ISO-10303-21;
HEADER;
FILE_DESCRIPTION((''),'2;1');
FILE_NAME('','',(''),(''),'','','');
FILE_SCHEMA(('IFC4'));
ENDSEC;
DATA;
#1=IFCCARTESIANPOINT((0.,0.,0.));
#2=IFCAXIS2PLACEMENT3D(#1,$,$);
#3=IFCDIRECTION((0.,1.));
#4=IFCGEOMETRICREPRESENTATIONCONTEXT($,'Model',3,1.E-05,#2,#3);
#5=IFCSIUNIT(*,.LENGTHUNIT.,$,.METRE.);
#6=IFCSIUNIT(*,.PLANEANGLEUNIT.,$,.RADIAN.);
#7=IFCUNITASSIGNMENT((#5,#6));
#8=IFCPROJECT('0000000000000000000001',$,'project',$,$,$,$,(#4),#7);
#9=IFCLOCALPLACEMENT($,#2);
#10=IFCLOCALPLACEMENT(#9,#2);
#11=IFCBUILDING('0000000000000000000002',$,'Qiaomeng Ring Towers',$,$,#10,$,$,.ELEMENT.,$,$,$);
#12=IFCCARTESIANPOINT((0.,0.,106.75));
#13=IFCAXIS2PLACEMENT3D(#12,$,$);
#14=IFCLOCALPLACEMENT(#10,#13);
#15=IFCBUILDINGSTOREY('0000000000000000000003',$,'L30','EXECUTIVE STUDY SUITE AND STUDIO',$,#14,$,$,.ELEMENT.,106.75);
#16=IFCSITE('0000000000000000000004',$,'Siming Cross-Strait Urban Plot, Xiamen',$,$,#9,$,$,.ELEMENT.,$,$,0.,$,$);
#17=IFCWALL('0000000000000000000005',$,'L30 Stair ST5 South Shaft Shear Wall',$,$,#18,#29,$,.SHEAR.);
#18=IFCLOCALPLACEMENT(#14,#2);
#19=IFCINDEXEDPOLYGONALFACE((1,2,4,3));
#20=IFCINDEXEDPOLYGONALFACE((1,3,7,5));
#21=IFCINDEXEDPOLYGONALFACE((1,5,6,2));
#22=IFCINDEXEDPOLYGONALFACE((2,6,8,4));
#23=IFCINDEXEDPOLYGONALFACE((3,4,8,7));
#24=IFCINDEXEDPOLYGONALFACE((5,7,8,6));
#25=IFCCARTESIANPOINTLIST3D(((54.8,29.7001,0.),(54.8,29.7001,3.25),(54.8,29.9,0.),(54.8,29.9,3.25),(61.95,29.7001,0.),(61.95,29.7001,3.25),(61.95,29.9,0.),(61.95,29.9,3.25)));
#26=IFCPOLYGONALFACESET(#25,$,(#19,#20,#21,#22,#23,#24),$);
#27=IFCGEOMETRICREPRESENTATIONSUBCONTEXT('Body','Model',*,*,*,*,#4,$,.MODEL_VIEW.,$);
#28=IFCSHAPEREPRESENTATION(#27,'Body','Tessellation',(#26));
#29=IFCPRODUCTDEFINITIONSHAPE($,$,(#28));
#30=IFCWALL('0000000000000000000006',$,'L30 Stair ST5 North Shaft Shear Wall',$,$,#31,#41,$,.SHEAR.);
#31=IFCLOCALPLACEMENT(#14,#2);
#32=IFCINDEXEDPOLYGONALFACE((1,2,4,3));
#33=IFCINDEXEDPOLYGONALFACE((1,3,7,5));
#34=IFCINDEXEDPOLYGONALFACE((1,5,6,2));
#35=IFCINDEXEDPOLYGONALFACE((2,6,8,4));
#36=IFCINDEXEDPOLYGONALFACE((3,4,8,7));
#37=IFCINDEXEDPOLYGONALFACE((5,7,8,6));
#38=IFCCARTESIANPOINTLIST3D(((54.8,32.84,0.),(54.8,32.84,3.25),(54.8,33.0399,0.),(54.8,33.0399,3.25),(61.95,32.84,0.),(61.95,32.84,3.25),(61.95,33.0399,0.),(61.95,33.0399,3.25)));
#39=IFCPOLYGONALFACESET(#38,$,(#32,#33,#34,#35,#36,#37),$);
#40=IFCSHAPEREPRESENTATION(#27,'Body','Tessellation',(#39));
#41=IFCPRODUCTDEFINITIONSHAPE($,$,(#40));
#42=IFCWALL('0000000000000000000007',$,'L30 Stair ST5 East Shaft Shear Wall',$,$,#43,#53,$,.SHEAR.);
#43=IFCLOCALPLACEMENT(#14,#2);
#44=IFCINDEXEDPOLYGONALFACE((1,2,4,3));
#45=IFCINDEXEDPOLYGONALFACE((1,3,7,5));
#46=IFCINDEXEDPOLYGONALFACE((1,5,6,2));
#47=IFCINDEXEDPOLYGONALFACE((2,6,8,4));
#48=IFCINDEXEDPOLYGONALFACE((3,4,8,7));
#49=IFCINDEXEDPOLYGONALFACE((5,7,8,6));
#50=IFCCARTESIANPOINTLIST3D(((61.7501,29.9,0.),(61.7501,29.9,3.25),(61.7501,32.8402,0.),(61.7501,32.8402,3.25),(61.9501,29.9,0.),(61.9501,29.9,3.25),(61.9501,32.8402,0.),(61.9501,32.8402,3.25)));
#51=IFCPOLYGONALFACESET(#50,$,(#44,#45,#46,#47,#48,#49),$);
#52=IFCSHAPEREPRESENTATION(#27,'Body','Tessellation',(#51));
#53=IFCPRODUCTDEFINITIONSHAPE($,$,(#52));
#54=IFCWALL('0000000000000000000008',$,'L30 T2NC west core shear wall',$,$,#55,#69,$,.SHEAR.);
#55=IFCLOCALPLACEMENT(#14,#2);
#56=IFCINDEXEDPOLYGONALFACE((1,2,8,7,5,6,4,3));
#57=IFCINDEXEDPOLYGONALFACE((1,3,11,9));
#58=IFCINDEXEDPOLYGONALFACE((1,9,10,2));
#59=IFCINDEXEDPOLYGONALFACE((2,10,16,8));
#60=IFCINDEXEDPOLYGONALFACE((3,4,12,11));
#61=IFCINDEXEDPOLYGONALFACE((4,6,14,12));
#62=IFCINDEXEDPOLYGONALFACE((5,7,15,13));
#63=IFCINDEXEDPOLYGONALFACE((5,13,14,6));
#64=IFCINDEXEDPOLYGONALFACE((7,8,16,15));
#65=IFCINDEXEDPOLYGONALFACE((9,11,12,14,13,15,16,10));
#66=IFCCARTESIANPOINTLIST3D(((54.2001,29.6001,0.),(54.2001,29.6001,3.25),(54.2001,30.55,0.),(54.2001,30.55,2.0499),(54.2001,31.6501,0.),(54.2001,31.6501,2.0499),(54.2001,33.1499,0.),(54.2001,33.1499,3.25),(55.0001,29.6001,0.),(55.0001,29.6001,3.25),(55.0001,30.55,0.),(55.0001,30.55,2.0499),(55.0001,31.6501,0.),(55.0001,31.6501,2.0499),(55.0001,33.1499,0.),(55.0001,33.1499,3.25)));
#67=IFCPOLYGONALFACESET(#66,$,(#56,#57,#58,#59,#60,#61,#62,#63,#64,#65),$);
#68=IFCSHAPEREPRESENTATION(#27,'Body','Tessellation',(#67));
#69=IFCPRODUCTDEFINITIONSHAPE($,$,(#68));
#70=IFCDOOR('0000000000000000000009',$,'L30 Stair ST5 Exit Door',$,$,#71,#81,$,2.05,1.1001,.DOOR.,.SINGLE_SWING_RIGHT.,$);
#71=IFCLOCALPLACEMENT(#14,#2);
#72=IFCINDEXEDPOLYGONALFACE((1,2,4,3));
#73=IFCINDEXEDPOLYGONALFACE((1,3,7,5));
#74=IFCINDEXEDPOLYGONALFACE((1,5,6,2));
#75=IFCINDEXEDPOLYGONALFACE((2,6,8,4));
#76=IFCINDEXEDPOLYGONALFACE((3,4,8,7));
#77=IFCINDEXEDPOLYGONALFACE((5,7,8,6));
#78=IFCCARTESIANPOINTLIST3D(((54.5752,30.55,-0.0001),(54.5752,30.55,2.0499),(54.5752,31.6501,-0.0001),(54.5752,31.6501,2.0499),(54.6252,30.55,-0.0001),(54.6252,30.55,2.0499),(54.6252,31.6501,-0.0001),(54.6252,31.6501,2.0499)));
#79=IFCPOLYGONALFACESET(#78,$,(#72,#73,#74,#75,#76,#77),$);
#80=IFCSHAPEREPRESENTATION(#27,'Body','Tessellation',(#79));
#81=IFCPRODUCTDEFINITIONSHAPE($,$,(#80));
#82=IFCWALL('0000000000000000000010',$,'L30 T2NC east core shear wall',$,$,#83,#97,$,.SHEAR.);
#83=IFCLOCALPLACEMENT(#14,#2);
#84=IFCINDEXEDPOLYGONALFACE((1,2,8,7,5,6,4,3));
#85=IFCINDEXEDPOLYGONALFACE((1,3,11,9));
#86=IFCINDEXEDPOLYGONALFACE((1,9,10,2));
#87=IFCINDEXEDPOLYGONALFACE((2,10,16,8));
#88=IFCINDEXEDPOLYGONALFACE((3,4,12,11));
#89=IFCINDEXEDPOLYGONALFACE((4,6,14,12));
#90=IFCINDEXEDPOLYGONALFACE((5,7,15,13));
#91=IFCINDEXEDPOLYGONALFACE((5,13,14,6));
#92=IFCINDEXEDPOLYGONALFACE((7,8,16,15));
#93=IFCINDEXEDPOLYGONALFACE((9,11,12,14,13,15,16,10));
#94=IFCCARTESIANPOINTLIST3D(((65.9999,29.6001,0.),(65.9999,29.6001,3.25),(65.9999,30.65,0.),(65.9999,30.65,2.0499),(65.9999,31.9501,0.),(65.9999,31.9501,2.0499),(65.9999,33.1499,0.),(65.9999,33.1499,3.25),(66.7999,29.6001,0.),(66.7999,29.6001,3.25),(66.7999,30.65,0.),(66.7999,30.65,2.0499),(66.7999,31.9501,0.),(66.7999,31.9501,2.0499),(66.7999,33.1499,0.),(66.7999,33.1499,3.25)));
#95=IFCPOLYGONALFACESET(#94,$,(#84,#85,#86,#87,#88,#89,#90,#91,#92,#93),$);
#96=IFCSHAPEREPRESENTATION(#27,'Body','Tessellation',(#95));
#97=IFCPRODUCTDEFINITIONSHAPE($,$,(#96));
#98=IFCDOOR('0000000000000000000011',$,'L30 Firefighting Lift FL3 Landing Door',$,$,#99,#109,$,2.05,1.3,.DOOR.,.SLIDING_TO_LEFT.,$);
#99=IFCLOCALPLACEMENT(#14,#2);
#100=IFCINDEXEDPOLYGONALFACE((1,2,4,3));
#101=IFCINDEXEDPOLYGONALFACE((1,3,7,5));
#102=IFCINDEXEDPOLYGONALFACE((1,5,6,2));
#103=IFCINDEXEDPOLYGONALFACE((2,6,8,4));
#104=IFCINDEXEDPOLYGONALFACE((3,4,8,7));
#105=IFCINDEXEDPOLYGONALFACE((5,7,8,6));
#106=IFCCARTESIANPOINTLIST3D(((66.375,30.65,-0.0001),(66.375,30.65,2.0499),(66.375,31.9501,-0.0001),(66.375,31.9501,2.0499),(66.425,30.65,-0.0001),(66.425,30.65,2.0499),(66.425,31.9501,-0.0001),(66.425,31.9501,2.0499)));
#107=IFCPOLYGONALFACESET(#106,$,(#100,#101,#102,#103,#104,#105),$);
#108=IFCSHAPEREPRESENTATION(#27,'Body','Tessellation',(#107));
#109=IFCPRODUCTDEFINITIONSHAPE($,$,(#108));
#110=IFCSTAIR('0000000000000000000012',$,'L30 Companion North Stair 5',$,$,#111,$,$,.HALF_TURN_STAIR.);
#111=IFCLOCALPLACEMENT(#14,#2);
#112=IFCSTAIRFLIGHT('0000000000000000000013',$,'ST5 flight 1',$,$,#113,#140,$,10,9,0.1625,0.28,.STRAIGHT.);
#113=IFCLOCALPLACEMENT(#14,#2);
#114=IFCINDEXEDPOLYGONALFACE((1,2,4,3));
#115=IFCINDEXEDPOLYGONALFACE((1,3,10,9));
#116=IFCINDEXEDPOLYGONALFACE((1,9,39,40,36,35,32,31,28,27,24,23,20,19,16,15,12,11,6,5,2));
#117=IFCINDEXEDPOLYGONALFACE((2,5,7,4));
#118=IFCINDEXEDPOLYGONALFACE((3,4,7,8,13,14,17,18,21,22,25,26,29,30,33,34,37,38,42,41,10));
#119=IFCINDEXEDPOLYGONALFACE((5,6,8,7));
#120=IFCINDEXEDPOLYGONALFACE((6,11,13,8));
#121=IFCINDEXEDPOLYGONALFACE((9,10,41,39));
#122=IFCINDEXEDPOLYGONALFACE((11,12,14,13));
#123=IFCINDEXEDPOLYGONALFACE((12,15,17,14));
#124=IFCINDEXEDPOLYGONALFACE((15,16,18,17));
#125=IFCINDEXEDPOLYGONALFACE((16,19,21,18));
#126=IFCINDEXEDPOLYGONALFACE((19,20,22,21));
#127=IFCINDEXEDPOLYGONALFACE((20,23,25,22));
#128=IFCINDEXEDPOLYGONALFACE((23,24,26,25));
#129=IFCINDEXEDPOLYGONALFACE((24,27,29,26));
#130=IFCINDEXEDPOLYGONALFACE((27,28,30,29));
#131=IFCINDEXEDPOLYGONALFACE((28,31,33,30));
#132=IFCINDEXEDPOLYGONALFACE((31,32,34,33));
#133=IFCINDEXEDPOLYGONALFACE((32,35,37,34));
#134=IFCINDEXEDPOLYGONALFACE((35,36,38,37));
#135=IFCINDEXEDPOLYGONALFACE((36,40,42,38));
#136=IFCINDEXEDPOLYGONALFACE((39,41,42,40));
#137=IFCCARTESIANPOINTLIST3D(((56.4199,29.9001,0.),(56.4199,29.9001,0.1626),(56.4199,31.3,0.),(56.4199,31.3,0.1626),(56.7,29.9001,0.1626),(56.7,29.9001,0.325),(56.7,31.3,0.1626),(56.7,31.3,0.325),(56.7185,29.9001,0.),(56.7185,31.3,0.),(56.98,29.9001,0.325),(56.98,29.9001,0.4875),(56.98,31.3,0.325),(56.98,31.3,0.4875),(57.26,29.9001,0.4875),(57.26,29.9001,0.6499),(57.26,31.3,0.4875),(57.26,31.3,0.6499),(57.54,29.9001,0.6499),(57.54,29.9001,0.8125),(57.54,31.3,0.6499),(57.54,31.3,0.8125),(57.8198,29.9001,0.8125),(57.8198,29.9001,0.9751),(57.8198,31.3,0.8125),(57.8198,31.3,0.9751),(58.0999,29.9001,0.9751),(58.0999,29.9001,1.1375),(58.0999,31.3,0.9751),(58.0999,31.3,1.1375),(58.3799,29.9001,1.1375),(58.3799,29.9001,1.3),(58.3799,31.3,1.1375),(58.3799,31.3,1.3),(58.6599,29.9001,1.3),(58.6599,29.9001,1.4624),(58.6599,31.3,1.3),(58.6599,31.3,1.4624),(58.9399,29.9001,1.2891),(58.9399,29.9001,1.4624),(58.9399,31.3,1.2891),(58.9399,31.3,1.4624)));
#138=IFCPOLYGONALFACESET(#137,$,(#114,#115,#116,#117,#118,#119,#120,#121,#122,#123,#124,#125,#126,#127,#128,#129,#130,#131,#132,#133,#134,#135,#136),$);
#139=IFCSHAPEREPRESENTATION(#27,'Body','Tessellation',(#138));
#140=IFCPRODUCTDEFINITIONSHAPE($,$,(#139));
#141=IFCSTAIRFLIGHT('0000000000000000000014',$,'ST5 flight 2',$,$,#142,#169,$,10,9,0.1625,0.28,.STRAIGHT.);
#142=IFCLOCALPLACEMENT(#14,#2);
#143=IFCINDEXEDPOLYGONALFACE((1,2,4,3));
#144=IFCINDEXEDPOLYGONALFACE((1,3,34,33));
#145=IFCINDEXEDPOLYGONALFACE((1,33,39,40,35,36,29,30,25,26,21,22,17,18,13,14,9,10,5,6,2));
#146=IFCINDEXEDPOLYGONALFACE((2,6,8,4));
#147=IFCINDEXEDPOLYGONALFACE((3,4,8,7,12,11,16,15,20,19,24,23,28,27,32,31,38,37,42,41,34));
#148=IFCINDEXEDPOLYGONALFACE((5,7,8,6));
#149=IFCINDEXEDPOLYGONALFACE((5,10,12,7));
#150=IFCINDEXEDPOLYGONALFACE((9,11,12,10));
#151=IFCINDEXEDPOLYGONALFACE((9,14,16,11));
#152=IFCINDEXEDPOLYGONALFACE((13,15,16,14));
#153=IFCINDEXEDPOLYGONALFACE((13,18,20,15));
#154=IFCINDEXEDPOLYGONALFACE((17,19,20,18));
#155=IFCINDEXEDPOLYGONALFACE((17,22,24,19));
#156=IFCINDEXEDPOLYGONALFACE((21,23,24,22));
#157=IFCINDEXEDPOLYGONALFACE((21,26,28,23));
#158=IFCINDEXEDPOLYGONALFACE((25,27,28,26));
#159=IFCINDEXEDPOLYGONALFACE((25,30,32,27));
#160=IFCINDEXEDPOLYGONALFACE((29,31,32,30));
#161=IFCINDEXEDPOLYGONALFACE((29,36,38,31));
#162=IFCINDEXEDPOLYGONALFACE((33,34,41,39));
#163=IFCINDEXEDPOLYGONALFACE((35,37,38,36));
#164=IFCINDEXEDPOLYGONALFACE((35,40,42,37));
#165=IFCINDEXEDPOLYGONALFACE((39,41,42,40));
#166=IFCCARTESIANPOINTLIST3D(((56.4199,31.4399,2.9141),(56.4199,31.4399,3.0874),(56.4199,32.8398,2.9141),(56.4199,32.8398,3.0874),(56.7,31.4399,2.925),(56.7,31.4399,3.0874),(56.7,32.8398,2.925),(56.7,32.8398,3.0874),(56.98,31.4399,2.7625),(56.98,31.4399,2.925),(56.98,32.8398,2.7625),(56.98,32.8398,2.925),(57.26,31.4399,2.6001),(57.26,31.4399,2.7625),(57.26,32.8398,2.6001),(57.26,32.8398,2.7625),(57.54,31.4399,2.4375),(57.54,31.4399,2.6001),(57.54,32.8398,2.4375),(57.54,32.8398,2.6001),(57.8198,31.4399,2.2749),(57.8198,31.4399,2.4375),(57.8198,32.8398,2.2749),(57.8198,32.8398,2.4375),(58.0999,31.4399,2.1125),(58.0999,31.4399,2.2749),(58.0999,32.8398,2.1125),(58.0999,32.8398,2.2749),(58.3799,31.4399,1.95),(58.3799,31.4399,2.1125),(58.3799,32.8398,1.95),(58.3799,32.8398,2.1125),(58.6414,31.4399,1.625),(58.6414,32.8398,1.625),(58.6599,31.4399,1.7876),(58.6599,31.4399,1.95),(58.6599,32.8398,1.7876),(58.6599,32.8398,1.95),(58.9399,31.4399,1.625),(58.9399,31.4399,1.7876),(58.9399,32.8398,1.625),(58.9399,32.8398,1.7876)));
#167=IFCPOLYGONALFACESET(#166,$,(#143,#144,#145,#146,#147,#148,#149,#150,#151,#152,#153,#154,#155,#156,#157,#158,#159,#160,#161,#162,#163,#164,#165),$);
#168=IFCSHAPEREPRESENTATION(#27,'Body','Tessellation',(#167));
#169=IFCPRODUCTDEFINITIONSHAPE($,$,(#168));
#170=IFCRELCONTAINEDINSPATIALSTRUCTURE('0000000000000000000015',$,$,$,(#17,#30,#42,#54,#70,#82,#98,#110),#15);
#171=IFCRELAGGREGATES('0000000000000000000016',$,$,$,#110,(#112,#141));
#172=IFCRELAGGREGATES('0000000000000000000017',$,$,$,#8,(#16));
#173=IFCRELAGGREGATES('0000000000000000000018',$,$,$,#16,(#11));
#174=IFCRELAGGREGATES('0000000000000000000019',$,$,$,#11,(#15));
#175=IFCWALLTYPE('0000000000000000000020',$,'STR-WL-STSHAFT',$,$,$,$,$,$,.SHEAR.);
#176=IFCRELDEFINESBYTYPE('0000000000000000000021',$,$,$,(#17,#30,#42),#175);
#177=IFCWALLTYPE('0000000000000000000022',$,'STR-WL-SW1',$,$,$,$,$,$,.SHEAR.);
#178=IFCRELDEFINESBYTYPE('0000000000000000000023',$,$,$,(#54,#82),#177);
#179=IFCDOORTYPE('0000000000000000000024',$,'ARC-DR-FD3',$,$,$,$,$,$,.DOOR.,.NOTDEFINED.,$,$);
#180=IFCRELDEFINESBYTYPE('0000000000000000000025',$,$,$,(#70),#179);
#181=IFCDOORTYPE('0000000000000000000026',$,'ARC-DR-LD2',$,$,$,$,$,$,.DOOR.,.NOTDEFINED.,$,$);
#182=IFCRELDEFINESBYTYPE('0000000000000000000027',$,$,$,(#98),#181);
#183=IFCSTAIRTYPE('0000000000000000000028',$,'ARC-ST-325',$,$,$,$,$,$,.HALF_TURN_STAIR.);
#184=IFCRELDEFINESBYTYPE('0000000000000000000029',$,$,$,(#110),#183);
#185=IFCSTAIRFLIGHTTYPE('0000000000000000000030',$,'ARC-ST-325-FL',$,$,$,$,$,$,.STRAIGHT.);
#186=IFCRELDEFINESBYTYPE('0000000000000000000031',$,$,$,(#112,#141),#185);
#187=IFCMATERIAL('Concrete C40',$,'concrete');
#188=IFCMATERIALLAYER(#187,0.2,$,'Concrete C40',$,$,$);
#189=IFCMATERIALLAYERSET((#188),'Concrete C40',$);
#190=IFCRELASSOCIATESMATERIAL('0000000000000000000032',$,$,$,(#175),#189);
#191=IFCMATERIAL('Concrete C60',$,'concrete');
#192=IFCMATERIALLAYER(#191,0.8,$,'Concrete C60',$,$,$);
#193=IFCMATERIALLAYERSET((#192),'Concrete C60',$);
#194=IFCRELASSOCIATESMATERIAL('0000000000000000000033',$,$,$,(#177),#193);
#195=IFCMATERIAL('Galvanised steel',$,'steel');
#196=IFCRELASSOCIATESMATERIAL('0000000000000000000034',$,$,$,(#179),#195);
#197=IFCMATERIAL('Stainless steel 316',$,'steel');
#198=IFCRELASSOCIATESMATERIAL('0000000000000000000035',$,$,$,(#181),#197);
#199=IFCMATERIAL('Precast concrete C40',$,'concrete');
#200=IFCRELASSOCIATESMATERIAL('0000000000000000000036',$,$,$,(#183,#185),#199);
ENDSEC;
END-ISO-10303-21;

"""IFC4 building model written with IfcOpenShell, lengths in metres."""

from ifc_helpers import new_model, si_unit, direction, frame, frame_2d, origin, place, context, subcontext, project, spatial, polyline, rectangle, outline, extrude, source, transform, mapped, material, layer, layer_set, type_object, element, fill, aggregate, save


model = new_model("IFC4")

# Units and contexts
model_context = context("Model", 3, precision=1e-05, world=origin(), true_north=direction((0.0, 1.0)))
body_context = subcontext(model_context, "Body", "Model", "MODEL_VIEW")
ifc_project = project(units=[si_unit("LENGTHUNIT", "METRE"), si_unit("PLANEANGLEUNIT", "RADIAN")], contexts=[model_context])

# Site, building, storey
site_placement = place(None, origin())
site = spatial("IfcSite", under=ifc_project, at=site_placement, Name="Siming Cross-Strait Urban Plot, Xiamen", CompositionType="ELEMENT", RefElevation=0.0)
building_placement = place(site_placement, origin())
building = spatial("IfcBuilding", under=site, at=building_placement, Name="Qiaomeng Ring Towers", CompositionType="ELEMENT")
storey_placement = place(building_placement, frame((0.0, 0.0, 106.75)))
storey = spatial("IfcBuildingStorey", under=building, at=storey_placement, Name="L30", Description="EXECUTIVE STUDY SUITE AND STUDIO", CompositionType="ELEMENT", Elevation=106.75)

# Walls
ifc_material_1 = material(Name="Concrete C40", Category="concrete")
ifc_layer_1 = layer(ifc_material_1, 0.2, Name="Concrete C40")
ifc_layer_set_1 = layer_set([ifc_layer_1], Name="Concrete C40")
wall_type_1 = type_object("IfcWallType", Name="STR-WL-STSHAFT", PredefinedType="SHEAR", material=ifc_layer_set_1)
for number, where, z_axis, x_axis, name in (
    (1, (54.8, 29.8, 0.0), (0.0, 0.0, 1.0), (1.0, 0.0, 0.0), "L30 Stair ST5 South Shaft Shear Wall"),
    (2, (54.8, 32.9399, 0.0), (0.0, 0.0, 1.0), (1.0, 0.0, 0.0), "L30 Stair ST5 North Shaft Shear Wall"),
):
    element("IfcWall", number, at=place(storey_placement, frame(where, z_axis=z_axis, x_axis=x_axis)), inside=storey, type_object=wall_type_1, Name=name, PredefinedType="SHEAR", context=body_context, shape_type="SweptSolid", body=[
        extrude(rectangle(XDim=7.1499, YDim=0.2, at=frame_2d((3.575, 0.0))), origin(), (0.0, 0.0, 1.0), 3.25),
    ])
wall_1_placement = place(storey_placement, frame((61.8501, 29.8999, 0.0), z_axis=(0.0, 0.0, 1.0), x_axis=(0.0, 1.0, 0.0)))
element("IfcWall", 3, at=wall_1_placement, inside=storey, type_object=wall_type_1, Name="L30 Stair ST5 East Shaft Shear Wall", PredefinedType="SHEAR", context=body_context, shape_type="SweptSolid", body=[
    extrude(rectangle(XDim=2.9402, YDim=0.2, at=frame_2d((1.4702, 0.0))), origin(), (0.0, 0.0, 1.0), 3.25),
])

# Walls, openings, doors
ifc_material_2 = material(Name="Concrete C60", Category="concrete")
ifc_layer_2 = layer(ifc_material_2, 0.8, Name="Concrete C60")
ifc_layer_set_2 = layer_set([ifc_layer_2], Name="Concrete C60")
wall_type_2 = type_object("IfcWallType", Name="STR-WL-SW1", PredefinedType="SHEAR", material=ifc_layer_set_2)
wall_2_placement = place(storey_placement, frame((54.6001, 29.6001, 0.0), z_axis=(0.0, 0.0, 1.0), x_axis=(0.0, 1.0, 0.0)))
wall_2 = element("IfcWall", 4, at=wall_2_placement, inside=storey, type_object=wall_type_2, Name="L30 T2NC west core shear wall", PredefinedType="SHEAR", context=body_context, shape_type="SweptSolid", body=[
    extrude(rectangle(XDim=3.5498, YDim=0.8, at=frame_2d((1.7749, 0.0))), origin(), (0.0, 0.0, 1.0), 3.25),
])
opening_1_placement = place(wall_2_placement, frame((0.95, 0.0, 0.0)))
opening_1 = element("IfcOpeningElement", 5, at=opening_1_placement, cuts=wall_2, PredefinedType="OPENING", context=body_context, shape_type="SweptSolid", body=[
    extrude(rectangle(XDim=1.1001, YDim=2.05, at=frame_2d((0.55, 1.0249))), frame((0.0, 0.4099, 0.0), z_axis=(0.0, -1.0, 0.0), x_axis=(1.0, 0.0, 0.0)), (0.0, 0.0, 1.0), 0.8201),
])
ifc_material_3 = material(Name="Galvanised steel", Category="steel")
door_type_1 = type_object("IfcDoorType", Name="ARC-DR-FD3", OperationType="NOTDEFINED", PredefinedType="DOOR", material=ifc_material_3)
shared_shape_1 = source(origin(), body_context, "Body", "SweptSolid", [
    extrude(rectangle(XDim=1.1001, YDim=2.05, at=frame_2d((0.55, 1.0249))), frame((0.0, 0.0249, 0.0), z_axis=(0.0, -1.0, 0.0), x_axis=(1.0, 0.0, 0.0)), (0.0, 0.0, 1.0), 0.05),
])
door_1_placement = place(opening_1_placement, origin())
door_1 = element("IfcDoor", 6, at=door_1_placement, inside=storey, type_object=door_type_1, Name="L30 Stair ST5 Exit Door", OperationType="SINGLE_SWING_RIGHT", OverallHeight=2.05, OverallWidth=1.1001, PredefinedType="DOOR", context=body_context, shape_type="MappedRepresentation", body=[
    mapped(shared_shape_1, transform((0.0, 0.0, 0.0), x_axis=(1.0, 0.0, 0.0), y_axis=(0.0, 1.0, 0.0), z_axis=(0.0, 0.0, 1.0), scale=1.0)),
])
fill(opening_1, door_1)
wall_3_placement = place(storey_placement, frame((66.3999, 29.6001, 0.0), z_axis=(0.0, 0.0, 1.0), x_axis=(0.0, 1.0, 0.0)))
wall_3 = element("IfcWall", 7, at=wall_3_placement, inside=storey, type_object=wall_type_2, Name="L30 T2NC east core shear wall", PredefinedType="SHEAR", context=body_context, shape_type="SweptSolid", body=[
    extrude(rectangle(XDim=3.5498, YDim=0.8, at=frame_2d((1.7749, 0.0))), origin(), (0.0, 0.0, 1.0), 3.25),
])
opening_2_placement = place(wall_3_placement, frame((1.05, 0.0, 0.0)))
opening_2 = element("IfcOpeningElement", 8, at=opening_2_placement, cuts=wall_3, PredefinedType="OPENING", context=body_context, shape_type="SweptSolid", body=[
    extrude(rectangle(XDim=1.3, YDim=2.05, at=frame_2d((0.6499, 1.0249))), frame((0.0, 0.4099, 0.0), z_axis=(0.0, -1.0, 0.0), x_axis=(1.0, 0.0, 0.0)), (0.0, 0.0, 1.0), 0.8201),
])
ifc_material_4 = material(Name="Stainless steel 316", Category="steel")
door_type_2 = type_object("IfcDoorType", Name="ARC-DR-LD2", OperationType="NOTDEFINED", PredefinedType="DOOR", material=ifc_material_4)
shared_shape_2 = source(origin(), body_context, "Body", "SweptSolid", [
    extrude(rectangle(XDim=1.3, YDim=2.05, at=frame_2d((0.6499, 1.0249))), frame((0.0, 0.0249, 0.0), z_axis=(0.0, -1.0, 0.0), x_axis=(1.0, 0.0, 0.0)), (0.0, 0.0, 1.0), 0.05),
])
door_2_placement = place(opening_2_placement, origin())
door_2 = element("IfcDoor", 9, at=door_2_placement, inside=storey, type_object=door_type_2, Name="L30 Firefighting Lift FL3 Landing Door", OperationType="SLIDING_TO_LEFT", OverallHeight=2.05, OverallWidth=1.3, PredefinedType="DOOR", context=body_context, shape_type="MappedRepresentation", body=[
    mapped(shared_shape_2, transform((0.0, 0.0, 0.0), x_axis=(1.0, 0.0, 0.0), y_axis=(0.0, 1.0, 0.0), z_axis=(0.0, 0.0, 1.0), scale=1.0)),
])
fill(opening_2, door_2)

# Stair, stair flights
ifc_material_5 = material(Name="Precast concrete C40", Category="concrete")
stair_type = type_object("IfcStairType", Name="ARC-ST-325", PredefinedType="HALF_TURN_STAIR", material=ifc_material_5)
stair_placement = place(storey_placement, origin())
stair = element("IfcStair", 10, at=stair_placement, inside=storey, type_object=stair_type, Name="L30 Companion North Stair 5", PredefinedType="HALF_TURN_STAIR")
stair_flight_type = type_object("IfcStairFlightType", Name="ARC-ST-325-FL", PredefinedType="STRAIGHT", material=ifc_material_5)
shared_shape_3 = source(origin(), body_context, "Body", "SweptSolid", [
    extrude(outline(polyline([(0.0, 0.0), (0.0, 0.1626), (0.28, 0.1626), (0.28, 0.325), (0.5601, 0.325), (0.5601, 0.4875), (0.8401, 0.4875), (0.8401, 0.6499), (1.1201, 0.6499), (1.1201, 0.8125), (1.3999, 0.8125), (1.3999, 0.9751), (1.6799, 0.9751), (1.6799, 1.1375), (1.96, 1.1375), (1.96, 1.3), (2.24, 1.3), (2.24, 1.4624), (2.52, 1.4624), (2.52, 1.625), (2.52, 1.2891), (0.2986, 0.0), (0.0, 0.0)])), frame((0.0, 0.7, 0.0), z_axis=(0.0, -1.0, 0.0), x_axis=(1.0, 0.0, 0.0)), (0.0, 0.0, 1.0), 1.3999),
])
stair_flight_1_placement = place(storey_placement, frame((56.4199, 30.6001, 0.0), z_axis=(0.0, 0.0, 1.0), x_axis=(1.0, 0.0, 0.0)))
stair_flight_1 = element("IfcStairFlight", 11, at=stair_flight_1_placement, type_object=stair_flight_type, Name="ST5 flight 1", NumberOfRisers=10, NumberOfTreads=9, PredefinedType="STRAIGHT", RiserHeight=0.1625, TreadLength=0.28, context=body_context, shape_type="MappedRepresentation", body=[
    mapped(shared_shape_3, transform((0.0, 0.0, 0.0), x_axis=(1.0, 0.0, 0.0), y_axis=(0.0, 1.0, 0.0), z_axis=(0.0, 0.0, 1.0), scale=1.0)),
])
stair_flight_2_placement = place(storey_placement, frame((58.9399, 32.1399, 1.625), z_axis=(0.0, 0.0, 1.0), x_axis=(-1.0, 0.0, 0.0)))
stair_flight_2 = element("IfcStairFlight", 12, at=stair_flight_2_placement, type_object=stair_flight_type, Name="ST5 flight 2", NumberOfRisers=10, NumberOfTreads=9, PredefinedType="STRAIGHT", RiserHeight=0.1625, TreadLength=0.28, context=body_context, shape_type="MappedRepresentation", body=[
    mapped(shared_shape_3, transform((0.0, 0.0, 0.0), x_axis=(1.0, 0.0, 0.0), y_axis=(0.0, 1.0, 0.0), z_axis=(0.0, 0.0, 1.0), scale=1.0)),
])
aggregate(stair, [stair_flight_1, stair_flight_2])

save(model, "model.ifc")
